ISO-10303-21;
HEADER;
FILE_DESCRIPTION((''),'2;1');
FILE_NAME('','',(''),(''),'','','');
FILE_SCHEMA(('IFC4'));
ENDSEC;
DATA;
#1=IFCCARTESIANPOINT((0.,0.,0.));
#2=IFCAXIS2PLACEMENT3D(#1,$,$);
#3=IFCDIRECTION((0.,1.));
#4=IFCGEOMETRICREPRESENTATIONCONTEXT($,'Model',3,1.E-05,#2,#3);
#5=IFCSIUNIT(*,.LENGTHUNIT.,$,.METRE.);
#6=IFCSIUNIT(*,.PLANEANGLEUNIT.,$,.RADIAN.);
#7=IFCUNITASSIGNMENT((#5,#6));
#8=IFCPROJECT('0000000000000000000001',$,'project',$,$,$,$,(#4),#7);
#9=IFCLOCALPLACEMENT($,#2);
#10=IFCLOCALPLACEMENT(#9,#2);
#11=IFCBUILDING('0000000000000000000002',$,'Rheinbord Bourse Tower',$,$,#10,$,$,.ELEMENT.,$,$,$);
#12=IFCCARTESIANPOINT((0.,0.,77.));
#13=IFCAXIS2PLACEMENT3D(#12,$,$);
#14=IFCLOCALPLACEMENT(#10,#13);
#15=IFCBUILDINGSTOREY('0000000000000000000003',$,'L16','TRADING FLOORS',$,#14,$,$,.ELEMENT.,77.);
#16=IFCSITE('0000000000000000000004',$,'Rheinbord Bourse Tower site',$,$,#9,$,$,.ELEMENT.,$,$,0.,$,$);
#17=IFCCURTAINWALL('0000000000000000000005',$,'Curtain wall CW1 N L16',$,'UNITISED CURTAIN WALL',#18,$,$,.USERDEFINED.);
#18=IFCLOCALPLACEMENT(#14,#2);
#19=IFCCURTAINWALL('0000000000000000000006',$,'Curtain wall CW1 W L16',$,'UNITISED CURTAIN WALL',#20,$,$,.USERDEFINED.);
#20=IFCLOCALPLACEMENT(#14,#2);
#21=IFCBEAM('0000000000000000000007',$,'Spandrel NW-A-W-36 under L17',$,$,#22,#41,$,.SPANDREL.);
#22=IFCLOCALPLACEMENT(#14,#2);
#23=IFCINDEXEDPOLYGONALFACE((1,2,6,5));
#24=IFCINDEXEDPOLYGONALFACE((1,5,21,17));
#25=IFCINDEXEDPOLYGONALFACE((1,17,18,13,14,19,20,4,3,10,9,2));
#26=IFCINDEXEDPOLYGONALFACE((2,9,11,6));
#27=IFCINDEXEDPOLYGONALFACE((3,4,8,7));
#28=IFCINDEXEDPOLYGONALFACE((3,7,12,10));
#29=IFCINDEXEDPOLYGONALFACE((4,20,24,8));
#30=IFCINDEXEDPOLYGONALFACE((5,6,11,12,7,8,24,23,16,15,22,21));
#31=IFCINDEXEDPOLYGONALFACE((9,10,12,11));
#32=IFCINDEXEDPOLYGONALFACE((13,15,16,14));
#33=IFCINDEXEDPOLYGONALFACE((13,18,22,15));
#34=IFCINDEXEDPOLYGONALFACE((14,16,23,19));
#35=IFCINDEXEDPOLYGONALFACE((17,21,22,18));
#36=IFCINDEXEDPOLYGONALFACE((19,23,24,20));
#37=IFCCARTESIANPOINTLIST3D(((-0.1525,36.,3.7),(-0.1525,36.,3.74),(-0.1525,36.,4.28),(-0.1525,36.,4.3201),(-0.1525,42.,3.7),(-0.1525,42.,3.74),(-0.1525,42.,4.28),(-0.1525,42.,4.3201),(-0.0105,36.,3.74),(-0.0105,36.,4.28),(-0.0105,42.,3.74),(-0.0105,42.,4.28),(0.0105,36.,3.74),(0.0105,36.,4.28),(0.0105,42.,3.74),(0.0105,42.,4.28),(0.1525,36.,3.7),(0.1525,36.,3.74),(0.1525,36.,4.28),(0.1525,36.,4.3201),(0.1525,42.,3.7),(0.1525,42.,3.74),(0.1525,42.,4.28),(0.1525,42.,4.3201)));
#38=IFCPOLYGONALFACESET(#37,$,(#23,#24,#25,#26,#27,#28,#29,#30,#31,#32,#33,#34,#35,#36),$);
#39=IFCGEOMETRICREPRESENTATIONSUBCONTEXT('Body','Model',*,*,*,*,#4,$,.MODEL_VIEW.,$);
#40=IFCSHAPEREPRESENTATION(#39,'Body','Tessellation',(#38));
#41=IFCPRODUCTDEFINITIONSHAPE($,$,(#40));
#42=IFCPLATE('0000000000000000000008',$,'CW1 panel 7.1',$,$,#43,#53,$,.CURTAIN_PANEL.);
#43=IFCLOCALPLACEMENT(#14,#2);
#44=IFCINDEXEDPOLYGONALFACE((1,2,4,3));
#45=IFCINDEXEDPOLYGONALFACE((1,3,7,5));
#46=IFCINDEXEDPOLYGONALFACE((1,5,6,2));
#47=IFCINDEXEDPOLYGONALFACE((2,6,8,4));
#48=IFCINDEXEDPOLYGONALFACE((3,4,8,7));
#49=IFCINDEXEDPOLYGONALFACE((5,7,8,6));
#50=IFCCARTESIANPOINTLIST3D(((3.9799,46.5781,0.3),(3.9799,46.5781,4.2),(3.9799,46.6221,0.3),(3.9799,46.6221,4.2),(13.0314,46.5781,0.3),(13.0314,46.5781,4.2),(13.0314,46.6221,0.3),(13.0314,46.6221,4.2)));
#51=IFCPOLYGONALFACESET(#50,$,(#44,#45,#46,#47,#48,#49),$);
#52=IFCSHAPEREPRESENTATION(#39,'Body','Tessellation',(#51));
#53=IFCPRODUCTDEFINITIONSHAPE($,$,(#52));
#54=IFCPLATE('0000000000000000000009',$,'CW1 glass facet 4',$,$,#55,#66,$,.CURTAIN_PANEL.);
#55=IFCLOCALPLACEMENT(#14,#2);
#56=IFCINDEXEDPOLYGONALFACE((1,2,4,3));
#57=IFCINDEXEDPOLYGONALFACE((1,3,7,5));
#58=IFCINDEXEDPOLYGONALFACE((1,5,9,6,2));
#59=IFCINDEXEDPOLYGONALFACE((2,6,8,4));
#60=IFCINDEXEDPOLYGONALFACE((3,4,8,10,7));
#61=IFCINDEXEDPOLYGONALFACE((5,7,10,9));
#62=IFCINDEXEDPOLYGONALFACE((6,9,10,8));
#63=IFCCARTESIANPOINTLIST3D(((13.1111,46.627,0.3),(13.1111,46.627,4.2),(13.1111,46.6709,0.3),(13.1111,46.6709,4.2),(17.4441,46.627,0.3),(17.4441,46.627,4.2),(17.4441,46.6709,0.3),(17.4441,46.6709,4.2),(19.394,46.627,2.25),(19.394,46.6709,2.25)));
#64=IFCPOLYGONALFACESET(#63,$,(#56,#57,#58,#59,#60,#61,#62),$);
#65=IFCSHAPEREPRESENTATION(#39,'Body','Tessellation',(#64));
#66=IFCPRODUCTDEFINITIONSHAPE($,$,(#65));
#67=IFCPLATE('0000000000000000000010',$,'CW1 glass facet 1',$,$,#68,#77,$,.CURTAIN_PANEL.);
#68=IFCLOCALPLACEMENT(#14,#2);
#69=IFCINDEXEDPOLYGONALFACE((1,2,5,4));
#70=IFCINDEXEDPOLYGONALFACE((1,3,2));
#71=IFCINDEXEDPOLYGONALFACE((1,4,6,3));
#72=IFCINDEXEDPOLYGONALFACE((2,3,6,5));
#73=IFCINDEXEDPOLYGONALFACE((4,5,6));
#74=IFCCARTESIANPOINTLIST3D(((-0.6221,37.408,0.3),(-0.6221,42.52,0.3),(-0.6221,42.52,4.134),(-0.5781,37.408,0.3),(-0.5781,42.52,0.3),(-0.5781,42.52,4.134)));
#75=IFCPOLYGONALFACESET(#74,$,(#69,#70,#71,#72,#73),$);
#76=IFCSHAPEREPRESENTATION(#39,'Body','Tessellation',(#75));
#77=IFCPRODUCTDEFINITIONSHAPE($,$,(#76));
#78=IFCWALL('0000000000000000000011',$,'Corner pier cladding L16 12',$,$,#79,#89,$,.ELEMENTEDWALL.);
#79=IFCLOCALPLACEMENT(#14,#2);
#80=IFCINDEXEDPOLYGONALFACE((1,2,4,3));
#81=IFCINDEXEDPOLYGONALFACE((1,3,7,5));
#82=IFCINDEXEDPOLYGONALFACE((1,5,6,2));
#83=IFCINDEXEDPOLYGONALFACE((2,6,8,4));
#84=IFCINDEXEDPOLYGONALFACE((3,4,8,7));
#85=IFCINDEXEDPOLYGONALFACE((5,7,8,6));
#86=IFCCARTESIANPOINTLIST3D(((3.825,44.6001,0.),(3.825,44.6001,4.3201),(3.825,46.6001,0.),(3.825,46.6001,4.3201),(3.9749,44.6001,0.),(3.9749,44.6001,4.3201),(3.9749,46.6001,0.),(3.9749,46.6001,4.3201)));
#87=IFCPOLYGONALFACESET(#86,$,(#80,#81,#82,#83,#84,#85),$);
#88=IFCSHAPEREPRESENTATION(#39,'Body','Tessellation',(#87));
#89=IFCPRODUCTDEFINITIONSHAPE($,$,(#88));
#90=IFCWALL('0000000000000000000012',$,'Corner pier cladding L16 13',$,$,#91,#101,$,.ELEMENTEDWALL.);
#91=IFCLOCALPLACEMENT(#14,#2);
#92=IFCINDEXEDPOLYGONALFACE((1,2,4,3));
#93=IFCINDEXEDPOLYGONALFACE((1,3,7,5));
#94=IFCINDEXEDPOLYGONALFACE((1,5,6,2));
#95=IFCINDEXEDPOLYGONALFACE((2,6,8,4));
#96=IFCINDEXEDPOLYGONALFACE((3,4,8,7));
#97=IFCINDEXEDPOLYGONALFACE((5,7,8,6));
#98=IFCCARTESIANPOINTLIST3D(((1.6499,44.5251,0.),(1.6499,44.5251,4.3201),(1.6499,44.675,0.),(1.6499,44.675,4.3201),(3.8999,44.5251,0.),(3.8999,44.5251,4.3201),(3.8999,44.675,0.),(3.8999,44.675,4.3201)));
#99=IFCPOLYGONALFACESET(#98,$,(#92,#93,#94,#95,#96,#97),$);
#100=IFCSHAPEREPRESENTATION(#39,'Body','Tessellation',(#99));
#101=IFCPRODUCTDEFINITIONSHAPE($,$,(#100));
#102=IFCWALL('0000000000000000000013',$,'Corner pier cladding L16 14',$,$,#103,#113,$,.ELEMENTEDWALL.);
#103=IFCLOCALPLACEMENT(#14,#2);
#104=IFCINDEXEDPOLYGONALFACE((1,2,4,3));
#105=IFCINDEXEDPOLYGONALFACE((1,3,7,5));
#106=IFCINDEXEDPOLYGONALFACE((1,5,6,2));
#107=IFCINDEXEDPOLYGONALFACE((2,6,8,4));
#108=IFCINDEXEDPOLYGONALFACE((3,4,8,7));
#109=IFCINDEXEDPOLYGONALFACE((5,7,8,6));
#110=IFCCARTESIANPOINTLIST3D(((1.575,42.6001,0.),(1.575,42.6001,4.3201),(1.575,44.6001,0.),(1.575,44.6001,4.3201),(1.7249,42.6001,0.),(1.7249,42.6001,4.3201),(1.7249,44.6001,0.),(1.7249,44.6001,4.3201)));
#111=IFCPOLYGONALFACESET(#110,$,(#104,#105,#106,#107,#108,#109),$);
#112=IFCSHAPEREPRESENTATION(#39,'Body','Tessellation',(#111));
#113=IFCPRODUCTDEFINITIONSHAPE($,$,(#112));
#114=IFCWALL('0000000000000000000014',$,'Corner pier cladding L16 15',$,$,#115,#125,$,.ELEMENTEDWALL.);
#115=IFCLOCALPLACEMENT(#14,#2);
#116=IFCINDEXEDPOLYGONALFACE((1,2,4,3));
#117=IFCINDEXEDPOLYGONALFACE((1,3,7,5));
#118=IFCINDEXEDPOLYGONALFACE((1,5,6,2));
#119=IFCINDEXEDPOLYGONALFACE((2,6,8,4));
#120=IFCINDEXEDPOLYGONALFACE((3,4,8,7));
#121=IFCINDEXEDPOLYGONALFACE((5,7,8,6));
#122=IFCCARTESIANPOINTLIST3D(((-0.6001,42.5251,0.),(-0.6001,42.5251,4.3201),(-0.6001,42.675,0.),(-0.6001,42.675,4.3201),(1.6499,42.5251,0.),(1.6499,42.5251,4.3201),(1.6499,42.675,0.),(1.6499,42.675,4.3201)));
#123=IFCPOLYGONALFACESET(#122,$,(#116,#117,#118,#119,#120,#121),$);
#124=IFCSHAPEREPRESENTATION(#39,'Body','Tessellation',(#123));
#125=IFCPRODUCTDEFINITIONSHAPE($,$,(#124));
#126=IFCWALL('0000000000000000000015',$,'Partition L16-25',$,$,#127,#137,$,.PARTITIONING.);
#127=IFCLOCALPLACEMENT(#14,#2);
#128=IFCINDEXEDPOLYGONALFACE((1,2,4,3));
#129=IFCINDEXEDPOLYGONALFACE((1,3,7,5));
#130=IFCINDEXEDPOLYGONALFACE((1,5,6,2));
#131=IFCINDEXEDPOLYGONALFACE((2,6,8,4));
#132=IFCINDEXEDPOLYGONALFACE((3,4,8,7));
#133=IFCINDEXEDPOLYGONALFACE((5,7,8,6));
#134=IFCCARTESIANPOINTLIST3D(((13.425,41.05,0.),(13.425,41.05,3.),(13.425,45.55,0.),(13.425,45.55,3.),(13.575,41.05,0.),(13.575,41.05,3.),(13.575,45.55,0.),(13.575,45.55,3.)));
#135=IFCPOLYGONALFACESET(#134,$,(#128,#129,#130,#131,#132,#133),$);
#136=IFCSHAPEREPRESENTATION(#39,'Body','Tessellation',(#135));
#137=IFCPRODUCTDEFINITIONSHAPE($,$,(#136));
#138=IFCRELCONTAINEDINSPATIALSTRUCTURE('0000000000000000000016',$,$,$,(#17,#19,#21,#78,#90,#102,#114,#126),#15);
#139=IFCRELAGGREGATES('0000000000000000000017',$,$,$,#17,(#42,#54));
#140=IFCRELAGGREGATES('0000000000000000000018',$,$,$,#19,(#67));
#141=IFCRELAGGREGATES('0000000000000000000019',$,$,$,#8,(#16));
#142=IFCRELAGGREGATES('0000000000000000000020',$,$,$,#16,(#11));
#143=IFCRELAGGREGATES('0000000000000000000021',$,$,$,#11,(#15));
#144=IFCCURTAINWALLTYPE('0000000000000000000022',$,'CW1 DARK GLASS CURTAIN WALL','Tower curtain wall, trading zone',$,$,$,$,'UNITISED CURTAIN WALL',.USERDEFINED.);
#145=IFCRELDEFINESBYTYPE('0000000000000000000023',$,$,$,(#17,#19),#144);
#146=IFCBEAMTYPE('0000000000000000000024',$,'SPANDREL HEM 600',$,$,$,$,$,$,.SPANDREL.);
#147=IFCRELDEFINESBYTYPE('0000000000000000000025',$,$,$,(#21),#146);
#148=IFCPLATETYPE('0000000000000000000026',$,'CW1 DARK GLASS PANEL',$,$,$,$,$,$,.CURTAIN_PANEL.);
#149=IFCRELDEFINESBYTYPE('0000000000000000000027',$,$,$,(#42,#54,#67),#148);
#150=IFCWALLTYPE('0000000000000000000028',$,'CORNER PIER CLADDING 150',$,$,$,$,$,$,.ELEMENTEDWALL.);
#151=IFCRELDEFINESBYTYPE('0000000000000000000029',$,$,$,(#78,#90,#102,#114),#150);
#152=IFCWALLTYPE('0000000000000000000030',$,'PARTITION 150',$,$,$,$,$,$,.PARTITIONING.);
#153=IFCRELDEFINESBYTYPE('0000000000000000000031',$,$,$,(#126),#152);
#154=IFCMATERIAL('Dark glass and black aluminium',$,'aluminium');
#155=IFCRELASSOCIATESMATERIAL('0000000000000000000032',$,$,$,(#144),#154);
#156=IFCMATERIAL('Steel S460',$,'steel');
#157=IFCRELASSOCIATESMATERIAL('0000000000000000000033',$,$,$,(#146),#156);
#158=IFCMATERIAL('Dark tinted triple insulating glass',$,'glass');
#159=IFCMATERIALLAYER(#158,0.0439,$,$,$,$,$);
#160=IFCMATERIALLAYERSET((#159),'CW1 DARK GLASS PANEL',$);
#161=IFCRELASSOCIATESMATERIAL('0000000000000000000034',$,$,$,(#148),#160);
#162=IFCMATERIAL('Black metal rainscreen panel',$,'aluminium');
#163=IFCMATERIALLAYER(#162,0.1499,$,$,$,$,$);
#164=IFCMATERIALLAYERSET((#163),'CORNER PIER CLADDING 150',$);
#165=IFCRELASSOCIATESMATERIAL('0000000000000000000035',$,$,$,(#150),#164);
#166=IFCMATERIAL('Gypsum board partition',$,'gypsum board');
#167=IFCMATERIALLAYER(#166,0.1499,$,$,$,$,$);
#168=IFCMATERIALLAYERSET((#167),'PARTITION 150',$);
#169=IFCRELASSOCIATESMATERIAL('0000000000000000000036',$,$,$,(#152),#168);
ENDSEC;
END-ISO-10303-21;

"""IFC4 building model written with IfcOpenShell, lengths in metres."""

from ifc_helpers import new_model, si_unit, direction, frame, frame_2d, origin, origin_2d, place, context, subcontext, project, spatial, polyline, rectangle, i_section, outline, extrude, material, layer, layer_set, material_profile, profile_set, type_object, element, aggregate, save


model = new_model("IFC4")

# Units and contexts
model_context = context("Model", 3, precision=1e-05, world=origin(), true_north=direction((0.0, 1.0)))
body_context = subcontext(model_context, "Body", "Model", "MODEL_VIEW")
ifc_project = project(units=[si_unit("LENGTHUNIT", "METRE"), si_unit("PLANEANGLEUNIT", "RADIAN")], contexts=[model_context])

# Site, building, storey
site_placement = place(None, origin())
site = spatial("IfcSite", under=ifc_project, at=site_placement, Name="Rheinbord Bourse Tower site", CompositionType="ELEMENT", RefElevation=0.0)
building_placement = place(site_placement, origin())
building = spatial("IfcBuilding", under=site, at=building_placement, Name="Rheinbord Bourse Tower", CompositionType="ELEMENT")
storey_placement = place(building_placement, frame((0.0, 0.0, 77.0)))
storey = spatial("IfcBuildingStorey", under=building, at=storey_placement, Name="L16", Description="TRADING FLOORS", CompositionType="ELEMENT", Elevation=77.0)

# Curtain wall
ifc_material_1 = material(Name="Dark glass and black aluminium", Category="aluminium")
curtain_wall_type = type_object("IfcCurtainWallType", Name="CW1 DARK GLASS CURTAIN WALL", Description="Tower curtain wall, trading zone", ElementType="UNITISED CURTAIN WALL", PredefinedType="USERDEFINED", material=ifc_material_1)
curtain_wall_1_placement = place(storey_placement, origin())
curtain_wall_1 = element("IfcCurtainWall", 1, at=curtain_wall_1_placement, inside=storey, type_object=curtain_wall_type, Name="Curtain wall CW1 N L16", ObjectType="UNITISED CURTAIN WALL", PredefinedType="USERDEFINED")

# Curtain wall
curtain_wall_2_placement = place(storey_placement, origin())
curtain_wall_2 = element("IfcCurtainWall", 2, at=curtain_wall_2_placement, inside=storey, type_object=curtain_wall_type, Name="Curtain wall CW1 W L16", ObjectType="UNITISED CURTAIN WALL", PredefinedType="USERDEFINED")

# Beam
ifc_material_2 = material(Name="Steel S460", Category="steel")
ifc_material_profile_1 = material_profile(ifc_material_2, i_section(OverallWidth=0.3049, OverallDepth=0.6201, WebThickness=0.021, FlangeThickness=0.04, at=origin_2d()), Name="HEM 600")
ifc_profile_set_1 = profile_set([ifc_material_profile_1], Name="Steel S460")
beam_type_1 = type_object("IfcBeamType", Name="SPANDREL HEM 600", PredefinedType="SPANDREL", material=ifc_profile_set_1)
beam_1_placement = place(storey_placement, frame((0.0, 42.0, 4.01), z_axis=(0.0, -1.0, 0.0), x_axis=(1.0, 0.0, 0.0)))
element("IfcBeam", 3, at=beam_1_placement, inside=storey, type_object=beam_type_1, Name="Spandrel NW-A-W-36 under L17", PredefinedType="SPANDREL", context=body_context, shape_type="SweptSolid", body=[
    extrude(i_section(OverallWidth=0.3049, OverallDepth=0.6201, WebThickness=0.021, FlangeThickness=0.04, at=origin_2d()), origin(), (0.0, 0.0, 1.0), 6.0),
])

# Plates
ifc_material_3 = material(Name="Dark tinted triple insulating glass", Category="glass")
ifc_layer_1 = layer(ifc_material_3, 0.0439)
ifc_layer_set_1 = layer_set([ifc_layer_1], Name="CW1 DARK GLASS PANEL")
plate_type = type_object("IfcPlateType", Name="CW1 DARK GLASS PANEL", PredefinedType="CURTAIN_PANEL", material=ifc_layer_set_1)
plate_1_placement = place(storey_placement, frame((8.5056, 46.6001, 0.3), z_axis=(0.0, 0.0, 1.0), x_axis=(-1.0, 0.0, 0.0)))
plate_1 = element("IfcPlate", 4, at=plate_1_placement, type_object=plate_type, Name="CW1 panel 7.1", PredefinedType="CURTAIN_PANEL", context=body_context, shape_type="SweptSolid", body=[
    extrude(rectangle(XDim=9.0515, YDim=0.0439, at=origin_2d()), origin(), (0.0, 0.0, 1.0), 3.8999),
])
plate_2_placement = place(storey_placement, frame((13.1111, 46.6709, 4.2), z_axis=(0.0, -1.0, 0.0), x_axis=(0.0, 0.0, -1.0)))
plate_2 = element("IfcPlate", 5, at=plate_2_placement, type_object=plate_type, Name="CW1 glass facet 4", PredefinedType="CURTAIN_PANEL", context=body_context, shape_type="SweptSolid", body=[
    extrude(outline(polyline([(0.0, 0.0), (3.8999, 0.0), (3.8999, 4.333), (1.95, 6.283), (0.0, 4.333), (0.0, 0.0)])), origin(), (0.0, 0.0, 1.0), 0.0439),
])
aggregate(curtain_wall_1, [plate_1, plate_2])
plate_3_placement = place(storey_placement, frame((-0.6221, 42.52, 0.3), z_axis=(1.0, 0.0, 0.0), x_axis=(0.0, 0.0, 1.0)))
plate_3 = element("IfcPlate", 6, at=plate_3_placement, type_object=plate_type, Name="CW1 glass facet 1", PredefinedType="CURTAIN_PANEL", context=body_context, shape_type="SweptSolid", body=[
    extrude(outline(polyline([(0.0, 0.0), (3.834, 0.0), (0.0, 5.1121), (0.0, 0.0)])), origin(), (0.0, 0.0, 1.0), 0.0439),
])
aggregate(curtain_wall_2, [plate_3])

# Walls
ifc_material_4 = material(Name="Black metal rainscreen panel", Category="aluminium")
ifc_layer_2 = layer(ifc_material_4, 0.1499)
ifc_layer_set_2 = layer_set([ifc_layer_2], Name="CORNER PIER CLADDING 150")
wall_type_1 = type_object("IfcWallType", Name="CORNER PIER CLADDING 150", PredefinedType="ELEMENTEDWALL", material=ifc_layer_set_2)
wall_1_placement = place(storey_placement, frame((3.8999, 46.6001, 0.0), z_axis=(0.0, 0.0, 1.0), x_axis=(0.0, -1.0, 0.0)))
element("IfcWall", 7, at=wall_1_placement, inside=storey, type_object=wall_type_1, Name="Corner pier cladding L16 12", PredefinedType="ELEMENTEDWALL", context=body_context, shape_type="SweptSolid", body=[
    extrude(rectangle(XDim=2.0, YDim=0.1499, at=frame_2d((1.0, 0.0))), origin(), (0.0, 0.0, 1.0), 4.3201),
])
wall_2_placement = place(storey_placement, frame((3.8999, 44.6001, 0.0), z_axis=(0.0, 0.0, 1.0), x_axis=(-1.0, 0.0, 0.0)))
element("IfcWall", 8, at=wall_2_placement, inside=storey, type_object=wall_type_1, Name="Corner pier cladding L16 13", PredefinedType="ELEMENTEDWALL", context=body_context, shape_type="SweptSolid", body=[
    extrude(rectangle(XDim=2.25, YDim=0.1499, at=frame_2d((1.125, 0.0))), origin(), (0.0, 0.0, 1.0), 4.3201),
])
wall_3_placement = place(storey_placement, frame((1.6499, 44.6001, 0.0), z_axis=(0.0, 0.0, 1.0), x_axis=(0.0, -1.0, 0.0)))
element("IfcWall", 9, at=wall_3_placement, inside=storey, type_object=wall_type_1, Name="Corner pier cladding L16 14", PredefinedType="ELEMENTEDWALL", context=body_context, shape_type="SweptSolid", body=[
    extrude(rectangle(XDim=2.0, YDim=0.1499, at=frame_2d((1.0, 0.0))), origin(), (0.0, 0.0, 1.0), 4.3201),
])
wall_4_placement = place(storey_placement, frame((1.6499, 42.6001, 0.0), z_axis=(0.0, 0.0, 1.0), x_axis=(-1.0, 0.0, 0.0)))
element("IfcWall", 10, at=wall_4_placement, inside=storey, type_object=wall_type_1, Name="Corner pier cladding L16 15", PredefinedType="ELEMENTEDWALL", context=body_context, shape_type="SweptSolid", body=[
    extrude(rectangle(XDim=2.25, YDim=0.1499, at=frame_2d((1.125, 0.0))), origin(), (0.0, 0.0, 1.0), 4.3201),
])
ifc_material_5 = material(Name="Gypsum board partition", Category="gypsum board")
ifc_layer_3 = layer(ifc_material_5, 0.1499)
ifc_layer_set_3 = layer_set([ifc_layer_3], Name="PARTITION 150")
wall_type_2 = type_object("IfcWallType", Name="PARTITION 150", PredefinedType="PARTITIONING", material=ifc_layer_set_3)
wall_5_placement = place(storey_placement, frame((13.5, 41.05, 0.0), z_axis=(0.0, 0.0, 1.0), x_axis=(0.0, 1.0, 0.0)))
element("IfcWall", 11, at=wall_5_placement, inside=storey, type_object=wall_type_2, Name="Partition L16-25", PredefinedType="PARTITIONING", context=body_context, shape_type="SweptSolid", body=[
    extrude(rectangle(XDim=4.5, YDim=0.1499, at=frame_2d((2.25, 0.0))), origin(), (0.0, 0.0, 1.0), 3.0),
])

save(model, "model.ifc")
